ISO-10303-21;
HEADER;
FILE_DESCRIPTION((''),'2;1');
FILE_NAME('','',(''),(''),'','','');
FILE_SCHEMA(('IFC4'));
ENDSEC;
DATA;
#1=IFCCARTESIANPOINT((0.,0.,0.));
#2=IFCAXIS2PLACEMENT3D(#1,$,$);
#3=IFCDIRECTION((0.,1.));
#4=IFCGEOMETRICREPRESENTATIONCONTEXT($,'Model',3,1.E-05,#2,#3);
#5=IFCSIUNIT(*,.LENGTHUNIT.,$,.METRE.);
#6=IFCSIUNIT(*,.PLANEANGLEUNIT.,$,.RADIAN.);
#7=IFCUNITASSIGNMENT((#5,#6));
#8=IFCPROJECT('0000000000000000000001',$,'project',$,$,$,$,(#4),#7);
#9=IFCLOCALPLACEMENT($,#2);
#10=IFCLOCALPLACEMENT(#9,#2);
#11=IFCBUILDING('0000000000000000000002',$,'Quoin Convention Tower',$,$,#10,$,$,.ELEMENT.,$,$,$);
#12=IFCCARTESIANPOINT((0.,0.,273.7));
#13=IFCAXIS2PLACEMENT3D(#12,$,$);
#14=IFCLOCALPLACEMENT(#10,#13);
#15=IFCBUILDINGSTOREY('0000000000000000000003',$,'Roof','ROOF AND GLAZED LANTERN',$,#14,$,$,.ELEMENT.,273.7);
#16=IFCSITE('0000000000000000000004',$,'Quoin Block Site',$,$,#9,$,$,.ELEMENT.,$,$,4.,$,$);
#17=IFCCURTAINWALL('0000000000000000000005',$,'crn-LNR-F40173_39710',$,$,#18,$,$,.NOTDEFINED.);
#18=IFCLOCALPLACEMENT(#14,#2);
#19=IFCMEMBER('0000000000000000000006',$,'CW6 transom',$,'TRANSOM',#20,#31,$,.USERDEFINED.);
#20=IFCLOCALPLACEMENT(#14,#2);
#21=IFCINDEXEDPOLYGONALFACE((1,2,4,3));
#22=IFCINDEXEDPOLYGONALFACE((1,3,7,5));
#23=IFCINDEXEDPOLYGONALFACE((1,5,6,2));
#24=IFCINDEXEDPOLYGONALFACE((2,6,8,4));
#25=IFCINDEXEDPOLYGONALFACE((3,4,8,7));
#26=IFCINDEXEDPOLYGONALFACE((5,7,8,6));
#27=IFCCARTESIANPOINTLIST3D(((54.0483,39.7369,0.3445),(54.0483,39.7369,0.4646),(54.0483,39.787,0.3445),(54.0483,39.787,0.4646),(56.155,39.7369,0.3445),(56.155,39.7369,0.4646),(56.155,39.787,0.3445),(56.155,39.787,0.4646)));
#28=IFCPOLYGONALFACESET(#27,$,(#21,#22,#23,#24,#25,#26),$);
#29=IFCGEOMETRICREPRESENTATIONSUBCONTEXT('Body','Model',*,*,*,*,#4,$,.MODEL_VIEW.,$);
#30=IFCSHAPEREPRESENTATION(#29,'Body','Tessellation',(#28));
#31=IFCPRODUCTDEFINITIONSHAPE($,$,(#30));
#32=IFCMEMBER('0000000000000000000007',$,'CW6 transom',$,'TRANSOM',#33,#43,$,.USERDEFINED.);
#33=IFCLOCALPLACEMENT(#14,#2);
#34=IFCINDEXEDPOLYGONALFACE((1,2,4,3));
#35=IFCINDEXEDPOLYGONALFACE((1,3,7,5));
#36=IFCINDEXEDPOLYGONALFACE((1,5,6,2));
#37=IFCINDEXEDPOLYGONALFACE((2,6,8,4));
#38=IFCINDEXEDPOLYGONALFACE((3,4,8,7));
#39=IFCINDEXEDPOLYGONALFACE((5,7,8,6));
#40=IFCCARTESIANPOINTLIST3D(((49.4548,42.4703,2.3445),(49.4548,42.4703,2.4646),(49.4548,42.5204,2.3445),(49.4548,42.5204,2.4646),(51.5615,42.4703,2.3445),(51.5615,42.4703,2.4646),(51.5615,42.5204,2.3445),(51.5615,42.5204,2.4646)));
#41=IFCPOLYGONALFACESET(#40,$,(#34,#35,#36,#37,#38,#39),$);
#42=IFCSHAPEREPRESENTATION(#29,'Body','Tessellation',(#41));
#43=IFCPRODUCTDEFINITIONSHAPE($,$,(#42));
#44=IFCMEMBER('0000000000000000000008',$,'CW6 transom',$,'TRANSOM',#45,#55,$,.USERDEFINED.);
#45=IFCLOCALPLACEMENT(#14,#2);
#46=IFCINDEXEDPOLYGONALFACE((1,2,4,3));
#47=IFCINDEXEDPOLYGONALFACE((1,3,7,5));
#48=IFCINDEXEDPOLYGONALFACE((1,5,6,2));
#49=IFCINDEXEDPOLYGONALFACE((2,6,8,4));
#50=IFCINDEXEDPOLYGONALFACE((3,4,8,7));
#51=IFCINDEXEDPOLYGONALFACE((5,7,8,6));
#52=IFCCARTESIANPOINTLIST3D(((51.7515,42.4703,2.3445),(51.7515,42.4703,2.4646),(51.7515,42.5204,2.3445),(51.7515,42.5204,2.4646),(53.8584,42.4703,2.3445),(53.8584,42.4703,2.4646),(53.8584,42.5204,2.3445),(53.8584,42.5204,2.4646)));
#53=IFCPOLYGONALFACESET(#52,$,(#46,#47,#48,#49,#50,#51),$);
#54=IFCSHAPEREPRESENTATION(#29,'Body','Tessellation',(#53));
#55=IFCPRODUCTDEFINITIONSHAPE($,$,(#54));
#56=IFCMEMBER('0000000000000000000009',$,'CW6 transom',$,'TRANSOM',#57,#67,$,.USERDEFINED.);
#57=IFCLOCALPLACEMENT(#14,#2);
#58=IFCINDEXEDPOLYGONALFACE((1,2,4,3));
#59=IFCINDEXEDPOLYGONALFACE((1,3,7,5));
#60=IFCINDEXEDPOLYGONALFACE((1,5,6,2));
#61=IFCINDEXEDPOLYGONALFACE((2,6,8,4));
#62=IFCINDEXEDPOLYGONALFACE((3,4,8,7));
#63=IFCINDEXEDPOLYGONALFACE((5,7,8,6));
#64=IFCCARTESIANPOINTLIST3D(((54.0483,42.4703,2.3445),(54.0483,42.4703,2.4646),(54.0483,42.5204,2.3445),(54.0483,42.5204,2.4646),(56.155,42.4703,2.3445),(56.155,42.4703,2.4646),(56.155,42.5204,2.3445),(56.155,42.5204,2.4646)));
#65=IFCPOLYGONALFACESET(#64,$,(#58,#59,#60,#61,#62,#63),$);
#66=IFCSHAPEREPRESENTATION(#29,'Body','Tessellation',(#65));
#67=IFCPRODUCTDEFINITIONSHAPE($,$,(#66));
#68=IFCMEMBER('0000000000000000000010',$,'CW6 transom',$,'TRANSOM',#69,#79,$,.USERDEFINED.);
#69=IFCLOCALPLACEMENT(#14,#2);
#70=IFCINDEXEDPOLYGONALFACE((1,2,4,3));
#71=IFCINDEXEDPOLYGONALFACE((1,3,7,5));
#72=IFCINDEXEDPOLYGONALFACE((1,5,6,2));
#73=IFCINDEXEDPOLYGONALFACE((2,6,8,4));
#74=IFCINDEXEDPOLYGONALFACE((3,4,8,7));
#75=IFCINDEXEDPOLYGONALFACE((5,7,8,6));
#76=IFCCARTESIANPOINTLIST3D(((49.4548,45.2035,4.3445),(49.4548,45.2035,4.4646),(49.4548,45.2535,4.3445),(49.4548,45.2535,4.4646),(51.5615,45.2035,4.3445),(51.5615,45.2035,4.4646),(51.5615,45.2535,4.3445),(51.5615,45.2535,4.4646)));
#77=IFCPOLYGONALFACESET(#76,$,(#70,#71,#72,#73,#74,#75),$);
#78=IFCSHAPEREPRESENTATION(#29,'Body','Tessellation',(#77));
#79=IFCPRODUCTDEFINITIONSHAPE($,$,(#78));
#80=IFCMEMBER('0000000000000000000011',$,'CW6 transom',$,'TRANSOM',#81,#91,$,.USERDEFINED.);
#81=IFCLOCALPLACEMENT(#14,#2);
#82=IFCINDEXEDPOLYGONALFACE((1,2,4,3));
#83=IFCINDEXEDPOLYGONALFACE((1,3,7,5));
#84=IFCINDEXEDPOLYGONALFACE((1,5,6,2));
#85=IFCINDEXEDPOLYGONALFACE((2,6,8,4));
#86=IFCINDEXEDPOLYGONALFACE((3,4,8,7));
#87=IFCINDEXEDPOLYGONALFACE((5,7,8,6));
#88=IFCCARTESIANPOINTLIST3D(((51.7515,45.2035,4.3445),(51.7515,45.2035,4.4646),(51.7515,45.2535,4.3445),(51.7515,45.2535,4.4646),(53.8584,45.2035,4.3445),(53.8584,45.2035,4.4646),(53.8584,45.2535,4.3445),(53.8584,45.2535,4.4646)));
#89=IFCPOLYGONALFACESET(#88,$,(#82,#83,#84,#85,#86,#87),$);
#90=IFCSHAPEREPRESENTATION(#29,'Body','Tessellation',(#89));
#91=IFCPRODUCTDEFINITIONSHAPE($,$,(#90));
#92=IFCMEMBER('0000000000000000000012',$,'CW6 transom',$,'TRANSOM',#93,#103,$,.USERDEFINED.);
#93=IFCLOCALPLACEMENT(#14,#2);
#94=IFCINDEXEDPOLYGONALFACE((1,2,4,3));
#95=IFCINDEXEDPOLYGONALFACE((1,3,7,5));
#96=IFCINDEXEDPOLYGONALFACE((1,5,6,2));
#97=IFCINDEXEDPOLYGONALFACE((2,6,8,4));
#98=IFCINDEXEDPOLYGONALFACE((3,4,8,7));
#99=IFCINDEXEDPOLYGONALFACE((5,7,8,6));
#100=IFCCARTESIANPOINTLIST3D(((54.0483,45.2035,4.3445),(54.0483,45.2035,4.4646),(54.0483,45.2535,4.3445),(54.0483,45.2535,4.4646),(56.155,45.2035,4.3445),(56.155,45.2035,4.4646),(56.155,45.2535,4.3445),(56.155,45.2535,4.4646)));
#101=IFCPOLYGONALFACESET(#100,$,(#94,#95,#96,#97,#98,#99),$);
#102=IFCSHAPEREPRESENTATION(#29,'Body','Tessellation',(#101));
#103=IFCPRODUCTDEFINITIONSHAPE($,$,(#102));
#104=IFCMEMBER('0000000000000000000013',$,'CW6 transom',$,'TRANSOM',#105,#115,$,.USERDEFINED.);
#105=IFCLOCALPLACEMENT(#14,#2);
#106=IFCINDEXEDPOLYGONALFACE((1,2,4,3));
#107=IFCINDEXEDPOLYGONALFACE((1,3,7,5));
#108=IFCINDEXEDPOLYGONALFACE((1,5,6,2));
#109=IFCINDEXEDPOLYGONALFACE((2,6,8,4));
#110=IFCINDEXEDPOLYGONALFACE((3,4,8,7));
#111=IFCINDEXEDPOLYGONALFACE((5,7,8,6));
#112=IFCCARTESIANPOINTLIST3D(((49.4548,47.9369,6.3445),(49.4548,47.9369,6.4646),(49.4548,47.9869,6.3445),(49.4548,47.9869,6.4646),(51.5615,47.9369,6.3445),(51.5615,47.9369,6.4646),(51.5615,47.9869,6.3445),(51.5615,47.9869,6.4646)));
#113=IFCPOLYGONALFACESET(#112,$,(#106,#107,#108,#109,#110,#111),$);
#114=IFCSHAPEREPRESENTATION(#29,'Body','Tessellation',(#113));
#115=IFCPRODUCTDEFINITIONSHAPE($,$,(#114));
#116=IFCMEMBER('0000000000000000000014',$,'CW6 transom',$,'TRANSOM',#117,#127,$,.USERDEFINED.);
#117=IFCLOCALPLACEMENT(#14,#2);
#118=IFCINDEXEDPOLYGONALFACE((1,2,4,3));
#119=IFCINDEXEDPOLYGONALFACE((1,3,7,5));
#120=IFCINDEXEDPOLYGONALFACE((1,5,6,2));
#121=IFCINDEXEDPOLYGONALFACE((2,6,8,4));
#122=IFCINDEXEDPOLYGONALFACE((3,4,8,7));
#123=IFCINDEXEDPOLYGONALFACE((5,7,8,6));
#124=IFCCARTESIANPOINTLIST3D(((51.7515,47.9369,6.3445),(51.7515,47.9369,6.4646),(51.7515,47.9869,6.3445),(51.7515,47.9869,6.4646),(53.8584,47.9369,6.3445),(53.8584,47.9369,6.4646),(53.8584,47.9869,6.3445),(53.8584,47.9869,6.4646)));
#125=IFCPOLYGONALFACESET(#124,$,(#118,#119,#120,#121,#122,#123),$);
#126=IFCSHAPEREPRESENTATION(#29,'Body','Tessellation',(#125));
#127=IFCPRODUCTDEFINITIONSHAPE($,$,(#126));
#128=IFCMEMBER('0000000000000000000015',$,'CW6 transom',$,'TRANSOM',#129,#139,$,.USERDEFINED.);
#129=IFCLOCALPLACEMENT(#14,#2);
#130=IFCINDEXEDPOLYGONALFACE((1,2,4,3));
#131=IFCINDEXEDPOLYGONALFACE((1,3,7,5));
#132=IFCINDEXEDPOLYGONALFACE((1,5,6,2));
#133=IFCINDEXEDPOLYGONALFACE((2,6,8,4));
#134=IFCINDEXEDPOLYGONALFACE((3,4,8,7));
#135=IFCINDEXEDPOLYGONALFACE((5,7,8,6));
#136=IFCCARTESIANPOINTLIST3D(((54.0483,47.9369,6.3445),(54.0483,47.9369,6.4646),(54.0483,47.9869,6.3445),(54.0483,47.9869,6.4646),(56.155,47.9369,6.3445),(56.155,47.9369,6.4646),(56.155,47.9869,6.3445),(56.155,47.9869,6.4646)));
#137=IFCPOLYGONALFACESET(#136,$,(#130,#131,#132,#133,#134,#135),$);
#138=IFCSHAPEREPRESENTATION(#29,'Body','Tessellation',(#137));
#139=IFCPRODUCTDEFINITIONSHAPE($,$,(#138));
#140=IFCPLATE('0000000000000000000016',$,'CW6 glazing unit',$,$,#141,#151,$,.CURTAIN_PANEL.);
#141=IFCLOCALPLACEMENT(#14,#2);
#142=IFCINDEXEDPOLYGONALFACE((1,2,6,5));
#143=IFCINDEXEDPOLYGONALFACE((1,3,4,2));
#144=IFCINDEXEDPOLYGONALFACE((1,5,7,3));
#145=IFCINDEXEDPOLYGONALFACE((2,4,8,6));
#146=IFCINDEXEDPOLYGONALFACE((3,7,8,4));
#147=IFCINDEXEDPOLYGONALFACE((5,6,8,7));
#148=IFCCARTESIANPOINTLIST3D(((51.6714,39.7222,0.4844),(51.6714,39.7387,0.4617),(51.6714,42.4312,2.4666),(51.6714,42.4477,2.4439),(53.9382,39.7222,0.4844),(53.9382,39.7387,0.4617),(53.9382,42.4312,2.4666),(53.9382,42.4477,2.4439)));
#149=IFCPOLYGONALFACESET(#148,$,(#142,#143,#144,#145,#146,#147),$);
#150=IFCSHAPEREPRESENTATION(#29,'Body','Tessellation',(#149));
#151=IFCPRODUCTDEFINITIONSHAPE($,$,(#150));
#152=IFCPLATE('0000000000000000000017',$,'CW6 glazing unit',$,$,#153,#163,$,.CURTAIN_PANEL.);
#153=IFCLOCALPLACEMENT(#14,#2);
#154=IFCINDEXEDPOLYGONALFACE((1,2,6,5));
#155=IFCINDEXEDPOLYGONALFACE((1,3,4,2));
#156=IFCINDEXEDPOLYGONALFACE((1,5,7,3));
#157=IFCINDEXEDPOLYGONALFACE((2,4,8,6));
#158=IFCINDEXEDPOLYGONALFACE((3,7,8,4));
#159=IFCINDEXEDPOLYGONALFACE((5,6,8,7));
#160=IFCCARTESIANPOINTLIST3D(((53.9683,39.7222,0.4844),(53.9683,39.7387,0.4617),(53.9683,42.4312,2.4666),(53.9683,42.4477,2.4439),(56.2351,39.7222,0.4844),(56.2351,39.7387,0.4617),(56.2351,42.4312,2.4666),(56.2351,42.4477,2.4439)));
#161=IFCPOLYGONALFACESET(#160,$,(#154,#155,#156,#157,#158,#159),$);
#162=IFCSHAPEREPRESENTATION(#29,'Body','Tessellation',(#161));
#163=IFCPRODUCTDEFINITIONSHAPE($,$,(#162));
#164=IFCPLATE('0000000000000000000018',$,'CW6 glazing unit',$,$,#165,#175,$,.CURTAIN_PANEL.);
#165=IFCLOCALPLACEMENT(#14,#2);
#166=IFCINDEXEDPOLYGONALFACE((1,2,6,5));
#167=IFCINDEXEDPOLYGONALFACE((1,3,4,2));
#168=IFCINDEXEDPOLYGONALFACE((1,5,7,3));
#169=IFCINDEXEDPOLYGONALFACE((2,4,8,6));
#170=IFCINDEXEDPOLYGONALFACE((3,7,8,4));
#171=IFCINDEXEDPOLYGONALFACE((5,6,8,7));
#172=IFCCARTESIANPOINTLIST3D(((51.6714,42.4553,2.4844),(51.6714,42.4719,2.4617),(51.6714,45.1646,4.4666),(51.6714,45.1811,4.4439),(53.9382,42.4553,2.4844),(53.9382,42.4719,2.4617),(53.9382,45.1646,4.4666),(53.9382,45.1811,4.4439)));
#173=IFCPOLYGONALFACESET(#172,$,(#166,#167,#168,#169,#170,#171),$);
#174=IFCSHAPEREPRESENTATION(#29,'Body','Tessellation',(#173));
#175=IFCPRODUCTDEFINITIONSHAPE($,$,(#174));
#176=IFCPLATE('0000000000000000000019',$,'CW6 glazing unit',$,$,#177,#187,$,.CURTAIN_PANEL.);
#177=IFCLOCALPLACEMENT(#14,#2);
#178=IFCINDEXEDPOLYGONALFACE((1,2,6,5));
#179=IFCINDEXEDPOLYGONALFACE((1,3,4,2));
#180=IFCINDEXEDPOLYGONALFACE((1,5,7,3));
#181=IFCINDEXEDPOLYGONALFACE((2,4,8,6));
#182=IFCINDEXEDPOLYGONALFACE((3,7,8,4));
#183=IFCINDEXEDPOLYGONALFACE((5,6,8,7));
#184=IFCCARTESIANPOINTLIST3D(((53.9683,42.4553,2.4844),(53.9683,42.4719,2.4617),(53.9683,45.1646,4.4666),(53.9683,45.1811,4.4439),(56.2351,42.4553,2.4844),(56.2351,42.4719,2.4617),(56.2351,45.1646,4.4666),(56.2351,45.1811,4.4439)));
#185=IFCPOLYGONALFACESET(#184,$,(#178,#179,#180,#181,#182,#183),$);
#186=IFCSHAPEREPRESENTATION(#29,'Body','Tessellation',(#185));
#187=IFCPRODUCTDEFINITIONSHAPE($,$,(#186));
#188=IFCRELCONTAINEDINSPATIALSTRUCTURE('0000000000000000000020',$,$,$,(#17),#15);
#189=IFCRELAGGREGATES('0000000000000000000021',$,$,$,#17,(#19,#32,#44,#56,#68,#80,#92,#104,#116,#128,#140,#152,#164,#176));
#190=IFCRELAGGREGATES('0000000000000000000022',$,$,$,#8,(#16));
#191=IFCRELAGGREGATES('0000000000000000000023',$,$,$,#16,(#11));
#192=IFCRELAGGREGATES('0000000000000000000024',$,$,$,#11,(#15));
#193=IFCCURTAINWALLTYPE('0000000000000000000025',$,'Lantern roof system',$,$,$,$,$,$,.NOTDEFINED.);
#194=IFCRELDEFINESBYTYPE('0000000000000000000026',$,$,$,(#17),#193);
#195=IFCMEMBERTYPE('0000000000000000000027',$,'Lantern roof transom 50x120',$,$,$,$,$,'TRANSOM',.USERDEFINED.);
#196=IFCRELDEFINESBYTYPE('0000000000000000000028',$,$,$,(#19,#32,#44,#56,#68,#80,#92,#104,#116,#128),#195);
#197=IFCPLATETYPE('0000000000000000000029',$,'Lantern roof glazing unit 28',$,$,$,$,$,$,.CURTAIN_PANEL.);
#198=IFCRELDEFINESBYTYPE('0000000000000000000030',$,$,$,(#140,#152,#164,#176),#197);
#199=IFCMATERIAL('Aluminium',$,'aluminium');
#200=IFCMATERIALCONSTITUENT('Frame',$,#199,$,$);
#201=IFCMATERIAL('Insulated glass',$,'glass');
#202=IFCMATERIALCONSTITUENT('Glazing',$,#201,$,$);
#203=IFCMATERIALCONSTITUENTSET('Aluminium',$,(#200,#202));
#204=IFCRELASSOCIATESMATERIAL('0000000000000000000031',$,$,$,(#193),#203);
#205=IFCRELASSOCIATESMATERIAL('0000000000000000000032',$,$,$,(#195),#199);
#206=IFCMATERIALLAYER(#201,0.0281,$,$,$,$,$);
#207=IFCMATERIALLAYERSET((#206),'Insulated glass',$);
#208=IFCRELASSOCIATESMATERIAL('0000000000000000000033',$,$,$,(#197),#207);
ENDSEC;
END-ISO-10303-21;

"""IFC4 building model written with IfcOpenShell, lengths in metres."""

from ifc_helpers import new_model, si_unit, direction, frame, origin, origin_2d, place, context, subcontext, project, spatial, polyline, rectangle, outline, extrude, material, layer, layer_set, constituent, constituent_set, material_profile, profile_set, type_object, element, aggregate, save


model = new_model("IFC4")

# Units and contexts
model_context = context("Model", 3, precision=1e-05, world=origin(), true_north=direction((0.0, 1.0)))
body_context = subcontext(model_context, "Body", "Model", "MODEL_VIEW")
ifc_project = project(units=[si_unit("LENGTHUNIT", "METRE"), si_unit("PLANEANGLEUNIT", "RADIAN")], contexts=[model_context])

# Site, building, storey
site_placement = place(None, origin())
site = spatial("IfcSite", under=ifc_project, at=site_placement, Name="Quoin Block Site", CompositionType="ELEMENT", RefElevation=4.0)
building_placement = place(site_placement, origin())
building = spatial("IfcBuilding", under=site, at=building_placement, Name="Quoin Convention Tower", CompositionType="ELEMENT")
storey_placement = place(building_placement, frame((0.0, 0.0, 273.7)))
storey = spatial("IfcBuildingStorey", under=building, at=storey_placement, Name="Roof", Description="ROOF AND GLAZED LANTERN", CompositionType="ELEMENT", Elevation=273.7)

# Shared definitions
ifc_material_1 = material(Name="Aluminium", Category="aluminium")
ifc_constituent_1 = constituent(ifc_material_1, Name="Frame")
ifc_material_2 = material(Name="Insulated glass", Category="glass")
ifc_constituent_2 = constituent(ifc_material_2, Name="Glazing")
ifc_constituent_set = constituent_set(constituents=[ifc_constituent_1, ifc_constituent_2], Name="Aluminium")
curtain_wall_type = type_object("IfcCurtainWallType", Name="Lantern roof system", PredefinedType="NOTDEFINED", material=ifc_constituent_set)

# Curtain wall
curtain_wall_1_placement = place(storey_placement, origin())
curtain_wall_1 = element("IfcCurtainWall", 1, at=curtain_wall_1_placement, inside=storey, type_object=curtain_wall_type, Name="crn-LNR-F40173_39710", PredefinedType="NOTDEFINED")

# Members
ifc_material_profile_1 = material_profile(ifc_material_1, rectangle(XDim=0.1201, YDim=0.05, at=origin_2d()), Name="Lantern roof transom 50x120")
ifc_profile_set_1 = profile_set([ifc_material_profile_1], Name="Aluminium")
member_type_1 = type_object("IfcMemberType", Name="Lantern roof transom 50x120", ElementType="TRANSOM", PredefinedType="USERDEFINED", material=ifc_profile_set_1)
member_1_placement = place(storey_placement, frame((54.0483, 39.762, 0.4045), z_axis=(1.0, 0.0, 0.0), x_axis=(0.0, 0.0, 1.0)))
member_1 = element("IfcMember", 2, at=member_1_placement, type_object=member_type_1, Name="CW6 transom", ObjectType="TRANSOM", PredefinedType="USERDEFINED", context=body_context, shape_type="SweptSolid", body=[
    extrude(rectangle(XDim=0.1201, YDim=0.05, at=origin_2d()), origin(), (0.0, 0.0, 1.0), 2.1067),
])
member_2_placement = place(storey_placement, frame((49.4548, 42.4954, 2.4045), z_axis=(1.0, 0.0, 0.0), x_axis=(0.0, 0.0, 1.0)))
member_2 = element("IfcMember", 3, at=member_2_placement, type_object=member_type_1, Name="CW6 transom", ObjectType="TRANSOM", PredefinedType="USERDEFINED", context=body_context, shape_type="SweptSolid", body=[
    extrude(rectangle(XDim=0.1201, YDim=0.05, at=origin_2d()), origin(), (0.0, 0.0, 1.0), 2.1067),
])
member_3_placement = place(storey_placement, frame((51.7515, 42.4954, 2.4045), z_axis=(1.0, 0.0, 0.0), x_axis=(0.0, 0.0, 1.0)))
member_3 = element("IfcMember", 4, at=member_3_placement, type_object=member_type_1, Name="CW6 transom", ObjectType="TRANSOM", PredefinedType="USERDEFINED", context=body_context, shape_type="SweptSolid", body=[
    extrude(rectangle(XDim=0.1201, YDim=0.05, at=origin_2d()), origin(), (0.0, 0.0, 1.0), 2.1069),
])
member_4_placement = place(storey_placement, frame((54.0483, 42.4954, 2.4045), z_axis=(1.0, 0.0, 0.0), x_axis=(0.0, 0.0, 1.0)))
member_4 = element("IfcMember", 5, at=member_4_placement, type_object=member_type_1, Name="CW6 transom", ObjectType="TRANSOM", PredefinedType="USERDEFINED", context=body_context, shape_type="SweptSolid", body=[
    extrude(rectangle(XDim=0.1201, YDim=0.05, at=origin_2d()), origin(), (0.0, 0.0, 1.0), 2.1067),
])
member_5_placement = place(storey_placement, frame((49.4548, 45.2285, 4.4045), z_axis=(1.0, 0.0, 0.0), x_axis=(0.0, 0.0, 1.0)))
member_5 = element("IfcMember", 6, at=member_5_placement, type_object=member_type_1, Name="CW6 transom", ObjectType="TRANSOM", PredefinedType="USERDEFINED", context=body_context, shape_type="SweptSolid", body=[
    extrude(rectangle(XDim=0.1201, YDim=0.05, at=origin_2d()), origin(), (0.0, 0.0, 1.0), 2.1067),
])
member_6_placement = place(storey_placement, frame((51.7515, 45.2285, 4.4045), z_axis=(1.0, 0.0, 0.0), x_axis=(0.0, 0.0, 1.0)))
member_6 = element("IfcMember", 7, at=member_6_placement, type_object=member_type_1, Name="CW6 transom", ObjectType="TRANSOM", PredefinedType="USERDEFINED", context=body_context, shape_type="SweptSolid", body=[
    extrude(rectangle(XDim=0.1201, YDim=0.05, at=origin_2d()), origin(), (0.0, 0.0, 1.0), 2.1069),
])
member_7_placement = place(storey_placement, frame((54.0483, 45.2285, 4.4045), z_axis=(1.0, 0.0, 0.0), x_axis=(0.0, 0.0, 1.0)))
member_7 = element("IfcMember", 8, at=member_7_placement, type_object=member_type_1, Name="CW6 transom", ObjectType="TRANSOM", PredefinedType="USERDEFINED", context=body_context, shape_type="SweptSolid", body=[
    extrude(rectangle(XDim=0.1201, YDim=0.05, at=origin_2d()), origin(), (0.0, 0.0, 1.0), 2.1067),
])
member_8_placement = place(storey_placement, frame((49.4548, 47.9619, 6.4045), z_axis=(1.0, 0.0, 0.0), x_axis=(0.0, 0.0, 1.0)))
member_8 = element("IfcMember", 9, at=member_8_placement, type_object=member_type_1, Name="CW6 transom", ObjectType="TRANSOM", PredefinedType="USERDEFINED", context=body_context, shape_type="SweptSolid", body=[
    extrude(rectangle(XDim=0.1201, YDim=0.05, at=origin_2d()), origin(), (0.0, 0.0, 1.0), 2.1067),
])
member_9_placement = place(storey_placement, frame((51.7515, 47.9619, 6.4045), z_axis=(1.0, 0.0, 0.0), x_axis=(0.0, 0.0, 1.0)))
member_9 = element("IfcMember", 10, at=member_9_placement, type_object=member_type_1, Name="CW6 transom", ObjectType="TRANSOM", PredefinedType="USERDEFINED", context=body_context, shape_type="SweptSolid", body=[
    extrude(rectangle(XDim=0.1201, YDim=0.05, at=origin_2d()), origin(), (0.0, 0.0, 1.0), 2.1069),
])
member_10_placement = place(storey_placement, frame((54.0483, 47.9619, 6.4045), z_axis=(1.0, 0.0, 0.0), x_axis=(0.0, 0.0, 1.0)))
member_10 = element("IfcMember", 11, at=member_10_placement, type_object=member_type_1, Name="CW6 transom", ObjectType="TRANSOM", PredefinedType="USERDEFINED", context=body_context, shape_type="SweptSolid", body=[
    extrude(rectangle(XDim=0.1201, YDim=0.05, at=origin_2d()), origin(), (0.0, 0.0, 1.0), 2.1067),
])

# Plates
ifc_layer = layer(ifc_material_2, 0.0281)
ifc_layer_set = layer_set([ifc_layer], Name="Insulated glass")
plate_type = type_object("IfcPlateType", Name="Lantern roof glazing unit 28", PredefinedType="CURTAIN_PANEL", material=ifc_layer_set)
plate_1_placement = place(storey_placement, frame((51.6714, 42.4312, 2.4666), z_axis=(0.0, -0.590509, 0.807031), x_axis=(1.0, 0.0, 0.0)))
plate_1 = element("IfcPlate", 12, at=plate_1_placement, type_object=plate_type, Name="CW6 glazing unit", PredefinedType="CURTAIN_PANEL", context=body_context, shape_type="SweptSolid", body=[
    extrude(outline(polyline([(0.0, 0.0), (2.2668, 0.0), (2.2668, -3.3567), (0.0, -3.3567), (0.0, 0.0)])), origin(), (0.0, 0.0, -1.0), 0.0281),
])
plate_2_placement = place(storey_placement, frame((53.9683, 42.4312, 2.4666), z_axis=(0.0, -0.590509, 0.807031), x_axis=(1.0, 0.0, 0.0)))
plate_2 = element("IfcPlate", 13, at=plate_2_placement, type_object=plate_type, Name="CW6 glazing unit", PredefinedType="CURTAIN_PANEL", context=body_context, shape_type="SweptSolid", body=[
    extrude(outline(polyline([(0.0, 0.0), (2.2668, 0.0), (2.2668, -3.3567), (0.0, -3.3567), (0.0, 0.0)])), origin(), (0.0, 0.0, -1.0), 0.0281),
])
plate_3_placement = place(storey_placement, frame((51.6714, 42.4553, 2.4844), z_axis=(0.0, -0.590474, 0.807057), x_axis=(0.0, 0.807057, 0.590474)))
plate_3 = element("IfcPlate", 14, at=plate_3_placement, type_object=plate_type, Name="CW6 glazing unit", PredefinedType="CURTAIN_PANEL", context=body_context, shape_type="SweptSolid", body=[
    extrude(outline(polyline([(0.0, 0.0), (3.3569, 0.0), (3.3569, -2.2668), (0.0, -2.2668), (0.0, 0.0)])), origin(), (0.0, 0.0, -1.0), 0.0281),
])
plate_4_placement = place(storey_placement, frame((53.9683, 42.4553, 2.4844), z_axis=(0.0, -0.590474, 0.807057), x_axis=(0.0, 0.807057, 0.590474)))
plate_4 = element("IfcPlate", 15, at=plate_4_placement, type_object=plate_type, Name="CW6 glazing unit", PredefinedType="CURTAIN_PANEL", context=body_context, shape_type="SweptSolid", body=[
    extrude(outline(polyline([(0.0, 0.0), (3.3569, 0.0), (3.3569, -2.2668), (0.0, -2.2668), (0.0, 0.0)])), origin(), (0.0, 0.0, -1.0), 0.0281),
])
aggregate(curtain_wall_1, [member_1, member_2, member_3, member_4, member_5, member_6, member_7, member_8, member_9, member_10, plate_1, plate_2, plate_3, plate_4])

save(model, "model.ifc")
